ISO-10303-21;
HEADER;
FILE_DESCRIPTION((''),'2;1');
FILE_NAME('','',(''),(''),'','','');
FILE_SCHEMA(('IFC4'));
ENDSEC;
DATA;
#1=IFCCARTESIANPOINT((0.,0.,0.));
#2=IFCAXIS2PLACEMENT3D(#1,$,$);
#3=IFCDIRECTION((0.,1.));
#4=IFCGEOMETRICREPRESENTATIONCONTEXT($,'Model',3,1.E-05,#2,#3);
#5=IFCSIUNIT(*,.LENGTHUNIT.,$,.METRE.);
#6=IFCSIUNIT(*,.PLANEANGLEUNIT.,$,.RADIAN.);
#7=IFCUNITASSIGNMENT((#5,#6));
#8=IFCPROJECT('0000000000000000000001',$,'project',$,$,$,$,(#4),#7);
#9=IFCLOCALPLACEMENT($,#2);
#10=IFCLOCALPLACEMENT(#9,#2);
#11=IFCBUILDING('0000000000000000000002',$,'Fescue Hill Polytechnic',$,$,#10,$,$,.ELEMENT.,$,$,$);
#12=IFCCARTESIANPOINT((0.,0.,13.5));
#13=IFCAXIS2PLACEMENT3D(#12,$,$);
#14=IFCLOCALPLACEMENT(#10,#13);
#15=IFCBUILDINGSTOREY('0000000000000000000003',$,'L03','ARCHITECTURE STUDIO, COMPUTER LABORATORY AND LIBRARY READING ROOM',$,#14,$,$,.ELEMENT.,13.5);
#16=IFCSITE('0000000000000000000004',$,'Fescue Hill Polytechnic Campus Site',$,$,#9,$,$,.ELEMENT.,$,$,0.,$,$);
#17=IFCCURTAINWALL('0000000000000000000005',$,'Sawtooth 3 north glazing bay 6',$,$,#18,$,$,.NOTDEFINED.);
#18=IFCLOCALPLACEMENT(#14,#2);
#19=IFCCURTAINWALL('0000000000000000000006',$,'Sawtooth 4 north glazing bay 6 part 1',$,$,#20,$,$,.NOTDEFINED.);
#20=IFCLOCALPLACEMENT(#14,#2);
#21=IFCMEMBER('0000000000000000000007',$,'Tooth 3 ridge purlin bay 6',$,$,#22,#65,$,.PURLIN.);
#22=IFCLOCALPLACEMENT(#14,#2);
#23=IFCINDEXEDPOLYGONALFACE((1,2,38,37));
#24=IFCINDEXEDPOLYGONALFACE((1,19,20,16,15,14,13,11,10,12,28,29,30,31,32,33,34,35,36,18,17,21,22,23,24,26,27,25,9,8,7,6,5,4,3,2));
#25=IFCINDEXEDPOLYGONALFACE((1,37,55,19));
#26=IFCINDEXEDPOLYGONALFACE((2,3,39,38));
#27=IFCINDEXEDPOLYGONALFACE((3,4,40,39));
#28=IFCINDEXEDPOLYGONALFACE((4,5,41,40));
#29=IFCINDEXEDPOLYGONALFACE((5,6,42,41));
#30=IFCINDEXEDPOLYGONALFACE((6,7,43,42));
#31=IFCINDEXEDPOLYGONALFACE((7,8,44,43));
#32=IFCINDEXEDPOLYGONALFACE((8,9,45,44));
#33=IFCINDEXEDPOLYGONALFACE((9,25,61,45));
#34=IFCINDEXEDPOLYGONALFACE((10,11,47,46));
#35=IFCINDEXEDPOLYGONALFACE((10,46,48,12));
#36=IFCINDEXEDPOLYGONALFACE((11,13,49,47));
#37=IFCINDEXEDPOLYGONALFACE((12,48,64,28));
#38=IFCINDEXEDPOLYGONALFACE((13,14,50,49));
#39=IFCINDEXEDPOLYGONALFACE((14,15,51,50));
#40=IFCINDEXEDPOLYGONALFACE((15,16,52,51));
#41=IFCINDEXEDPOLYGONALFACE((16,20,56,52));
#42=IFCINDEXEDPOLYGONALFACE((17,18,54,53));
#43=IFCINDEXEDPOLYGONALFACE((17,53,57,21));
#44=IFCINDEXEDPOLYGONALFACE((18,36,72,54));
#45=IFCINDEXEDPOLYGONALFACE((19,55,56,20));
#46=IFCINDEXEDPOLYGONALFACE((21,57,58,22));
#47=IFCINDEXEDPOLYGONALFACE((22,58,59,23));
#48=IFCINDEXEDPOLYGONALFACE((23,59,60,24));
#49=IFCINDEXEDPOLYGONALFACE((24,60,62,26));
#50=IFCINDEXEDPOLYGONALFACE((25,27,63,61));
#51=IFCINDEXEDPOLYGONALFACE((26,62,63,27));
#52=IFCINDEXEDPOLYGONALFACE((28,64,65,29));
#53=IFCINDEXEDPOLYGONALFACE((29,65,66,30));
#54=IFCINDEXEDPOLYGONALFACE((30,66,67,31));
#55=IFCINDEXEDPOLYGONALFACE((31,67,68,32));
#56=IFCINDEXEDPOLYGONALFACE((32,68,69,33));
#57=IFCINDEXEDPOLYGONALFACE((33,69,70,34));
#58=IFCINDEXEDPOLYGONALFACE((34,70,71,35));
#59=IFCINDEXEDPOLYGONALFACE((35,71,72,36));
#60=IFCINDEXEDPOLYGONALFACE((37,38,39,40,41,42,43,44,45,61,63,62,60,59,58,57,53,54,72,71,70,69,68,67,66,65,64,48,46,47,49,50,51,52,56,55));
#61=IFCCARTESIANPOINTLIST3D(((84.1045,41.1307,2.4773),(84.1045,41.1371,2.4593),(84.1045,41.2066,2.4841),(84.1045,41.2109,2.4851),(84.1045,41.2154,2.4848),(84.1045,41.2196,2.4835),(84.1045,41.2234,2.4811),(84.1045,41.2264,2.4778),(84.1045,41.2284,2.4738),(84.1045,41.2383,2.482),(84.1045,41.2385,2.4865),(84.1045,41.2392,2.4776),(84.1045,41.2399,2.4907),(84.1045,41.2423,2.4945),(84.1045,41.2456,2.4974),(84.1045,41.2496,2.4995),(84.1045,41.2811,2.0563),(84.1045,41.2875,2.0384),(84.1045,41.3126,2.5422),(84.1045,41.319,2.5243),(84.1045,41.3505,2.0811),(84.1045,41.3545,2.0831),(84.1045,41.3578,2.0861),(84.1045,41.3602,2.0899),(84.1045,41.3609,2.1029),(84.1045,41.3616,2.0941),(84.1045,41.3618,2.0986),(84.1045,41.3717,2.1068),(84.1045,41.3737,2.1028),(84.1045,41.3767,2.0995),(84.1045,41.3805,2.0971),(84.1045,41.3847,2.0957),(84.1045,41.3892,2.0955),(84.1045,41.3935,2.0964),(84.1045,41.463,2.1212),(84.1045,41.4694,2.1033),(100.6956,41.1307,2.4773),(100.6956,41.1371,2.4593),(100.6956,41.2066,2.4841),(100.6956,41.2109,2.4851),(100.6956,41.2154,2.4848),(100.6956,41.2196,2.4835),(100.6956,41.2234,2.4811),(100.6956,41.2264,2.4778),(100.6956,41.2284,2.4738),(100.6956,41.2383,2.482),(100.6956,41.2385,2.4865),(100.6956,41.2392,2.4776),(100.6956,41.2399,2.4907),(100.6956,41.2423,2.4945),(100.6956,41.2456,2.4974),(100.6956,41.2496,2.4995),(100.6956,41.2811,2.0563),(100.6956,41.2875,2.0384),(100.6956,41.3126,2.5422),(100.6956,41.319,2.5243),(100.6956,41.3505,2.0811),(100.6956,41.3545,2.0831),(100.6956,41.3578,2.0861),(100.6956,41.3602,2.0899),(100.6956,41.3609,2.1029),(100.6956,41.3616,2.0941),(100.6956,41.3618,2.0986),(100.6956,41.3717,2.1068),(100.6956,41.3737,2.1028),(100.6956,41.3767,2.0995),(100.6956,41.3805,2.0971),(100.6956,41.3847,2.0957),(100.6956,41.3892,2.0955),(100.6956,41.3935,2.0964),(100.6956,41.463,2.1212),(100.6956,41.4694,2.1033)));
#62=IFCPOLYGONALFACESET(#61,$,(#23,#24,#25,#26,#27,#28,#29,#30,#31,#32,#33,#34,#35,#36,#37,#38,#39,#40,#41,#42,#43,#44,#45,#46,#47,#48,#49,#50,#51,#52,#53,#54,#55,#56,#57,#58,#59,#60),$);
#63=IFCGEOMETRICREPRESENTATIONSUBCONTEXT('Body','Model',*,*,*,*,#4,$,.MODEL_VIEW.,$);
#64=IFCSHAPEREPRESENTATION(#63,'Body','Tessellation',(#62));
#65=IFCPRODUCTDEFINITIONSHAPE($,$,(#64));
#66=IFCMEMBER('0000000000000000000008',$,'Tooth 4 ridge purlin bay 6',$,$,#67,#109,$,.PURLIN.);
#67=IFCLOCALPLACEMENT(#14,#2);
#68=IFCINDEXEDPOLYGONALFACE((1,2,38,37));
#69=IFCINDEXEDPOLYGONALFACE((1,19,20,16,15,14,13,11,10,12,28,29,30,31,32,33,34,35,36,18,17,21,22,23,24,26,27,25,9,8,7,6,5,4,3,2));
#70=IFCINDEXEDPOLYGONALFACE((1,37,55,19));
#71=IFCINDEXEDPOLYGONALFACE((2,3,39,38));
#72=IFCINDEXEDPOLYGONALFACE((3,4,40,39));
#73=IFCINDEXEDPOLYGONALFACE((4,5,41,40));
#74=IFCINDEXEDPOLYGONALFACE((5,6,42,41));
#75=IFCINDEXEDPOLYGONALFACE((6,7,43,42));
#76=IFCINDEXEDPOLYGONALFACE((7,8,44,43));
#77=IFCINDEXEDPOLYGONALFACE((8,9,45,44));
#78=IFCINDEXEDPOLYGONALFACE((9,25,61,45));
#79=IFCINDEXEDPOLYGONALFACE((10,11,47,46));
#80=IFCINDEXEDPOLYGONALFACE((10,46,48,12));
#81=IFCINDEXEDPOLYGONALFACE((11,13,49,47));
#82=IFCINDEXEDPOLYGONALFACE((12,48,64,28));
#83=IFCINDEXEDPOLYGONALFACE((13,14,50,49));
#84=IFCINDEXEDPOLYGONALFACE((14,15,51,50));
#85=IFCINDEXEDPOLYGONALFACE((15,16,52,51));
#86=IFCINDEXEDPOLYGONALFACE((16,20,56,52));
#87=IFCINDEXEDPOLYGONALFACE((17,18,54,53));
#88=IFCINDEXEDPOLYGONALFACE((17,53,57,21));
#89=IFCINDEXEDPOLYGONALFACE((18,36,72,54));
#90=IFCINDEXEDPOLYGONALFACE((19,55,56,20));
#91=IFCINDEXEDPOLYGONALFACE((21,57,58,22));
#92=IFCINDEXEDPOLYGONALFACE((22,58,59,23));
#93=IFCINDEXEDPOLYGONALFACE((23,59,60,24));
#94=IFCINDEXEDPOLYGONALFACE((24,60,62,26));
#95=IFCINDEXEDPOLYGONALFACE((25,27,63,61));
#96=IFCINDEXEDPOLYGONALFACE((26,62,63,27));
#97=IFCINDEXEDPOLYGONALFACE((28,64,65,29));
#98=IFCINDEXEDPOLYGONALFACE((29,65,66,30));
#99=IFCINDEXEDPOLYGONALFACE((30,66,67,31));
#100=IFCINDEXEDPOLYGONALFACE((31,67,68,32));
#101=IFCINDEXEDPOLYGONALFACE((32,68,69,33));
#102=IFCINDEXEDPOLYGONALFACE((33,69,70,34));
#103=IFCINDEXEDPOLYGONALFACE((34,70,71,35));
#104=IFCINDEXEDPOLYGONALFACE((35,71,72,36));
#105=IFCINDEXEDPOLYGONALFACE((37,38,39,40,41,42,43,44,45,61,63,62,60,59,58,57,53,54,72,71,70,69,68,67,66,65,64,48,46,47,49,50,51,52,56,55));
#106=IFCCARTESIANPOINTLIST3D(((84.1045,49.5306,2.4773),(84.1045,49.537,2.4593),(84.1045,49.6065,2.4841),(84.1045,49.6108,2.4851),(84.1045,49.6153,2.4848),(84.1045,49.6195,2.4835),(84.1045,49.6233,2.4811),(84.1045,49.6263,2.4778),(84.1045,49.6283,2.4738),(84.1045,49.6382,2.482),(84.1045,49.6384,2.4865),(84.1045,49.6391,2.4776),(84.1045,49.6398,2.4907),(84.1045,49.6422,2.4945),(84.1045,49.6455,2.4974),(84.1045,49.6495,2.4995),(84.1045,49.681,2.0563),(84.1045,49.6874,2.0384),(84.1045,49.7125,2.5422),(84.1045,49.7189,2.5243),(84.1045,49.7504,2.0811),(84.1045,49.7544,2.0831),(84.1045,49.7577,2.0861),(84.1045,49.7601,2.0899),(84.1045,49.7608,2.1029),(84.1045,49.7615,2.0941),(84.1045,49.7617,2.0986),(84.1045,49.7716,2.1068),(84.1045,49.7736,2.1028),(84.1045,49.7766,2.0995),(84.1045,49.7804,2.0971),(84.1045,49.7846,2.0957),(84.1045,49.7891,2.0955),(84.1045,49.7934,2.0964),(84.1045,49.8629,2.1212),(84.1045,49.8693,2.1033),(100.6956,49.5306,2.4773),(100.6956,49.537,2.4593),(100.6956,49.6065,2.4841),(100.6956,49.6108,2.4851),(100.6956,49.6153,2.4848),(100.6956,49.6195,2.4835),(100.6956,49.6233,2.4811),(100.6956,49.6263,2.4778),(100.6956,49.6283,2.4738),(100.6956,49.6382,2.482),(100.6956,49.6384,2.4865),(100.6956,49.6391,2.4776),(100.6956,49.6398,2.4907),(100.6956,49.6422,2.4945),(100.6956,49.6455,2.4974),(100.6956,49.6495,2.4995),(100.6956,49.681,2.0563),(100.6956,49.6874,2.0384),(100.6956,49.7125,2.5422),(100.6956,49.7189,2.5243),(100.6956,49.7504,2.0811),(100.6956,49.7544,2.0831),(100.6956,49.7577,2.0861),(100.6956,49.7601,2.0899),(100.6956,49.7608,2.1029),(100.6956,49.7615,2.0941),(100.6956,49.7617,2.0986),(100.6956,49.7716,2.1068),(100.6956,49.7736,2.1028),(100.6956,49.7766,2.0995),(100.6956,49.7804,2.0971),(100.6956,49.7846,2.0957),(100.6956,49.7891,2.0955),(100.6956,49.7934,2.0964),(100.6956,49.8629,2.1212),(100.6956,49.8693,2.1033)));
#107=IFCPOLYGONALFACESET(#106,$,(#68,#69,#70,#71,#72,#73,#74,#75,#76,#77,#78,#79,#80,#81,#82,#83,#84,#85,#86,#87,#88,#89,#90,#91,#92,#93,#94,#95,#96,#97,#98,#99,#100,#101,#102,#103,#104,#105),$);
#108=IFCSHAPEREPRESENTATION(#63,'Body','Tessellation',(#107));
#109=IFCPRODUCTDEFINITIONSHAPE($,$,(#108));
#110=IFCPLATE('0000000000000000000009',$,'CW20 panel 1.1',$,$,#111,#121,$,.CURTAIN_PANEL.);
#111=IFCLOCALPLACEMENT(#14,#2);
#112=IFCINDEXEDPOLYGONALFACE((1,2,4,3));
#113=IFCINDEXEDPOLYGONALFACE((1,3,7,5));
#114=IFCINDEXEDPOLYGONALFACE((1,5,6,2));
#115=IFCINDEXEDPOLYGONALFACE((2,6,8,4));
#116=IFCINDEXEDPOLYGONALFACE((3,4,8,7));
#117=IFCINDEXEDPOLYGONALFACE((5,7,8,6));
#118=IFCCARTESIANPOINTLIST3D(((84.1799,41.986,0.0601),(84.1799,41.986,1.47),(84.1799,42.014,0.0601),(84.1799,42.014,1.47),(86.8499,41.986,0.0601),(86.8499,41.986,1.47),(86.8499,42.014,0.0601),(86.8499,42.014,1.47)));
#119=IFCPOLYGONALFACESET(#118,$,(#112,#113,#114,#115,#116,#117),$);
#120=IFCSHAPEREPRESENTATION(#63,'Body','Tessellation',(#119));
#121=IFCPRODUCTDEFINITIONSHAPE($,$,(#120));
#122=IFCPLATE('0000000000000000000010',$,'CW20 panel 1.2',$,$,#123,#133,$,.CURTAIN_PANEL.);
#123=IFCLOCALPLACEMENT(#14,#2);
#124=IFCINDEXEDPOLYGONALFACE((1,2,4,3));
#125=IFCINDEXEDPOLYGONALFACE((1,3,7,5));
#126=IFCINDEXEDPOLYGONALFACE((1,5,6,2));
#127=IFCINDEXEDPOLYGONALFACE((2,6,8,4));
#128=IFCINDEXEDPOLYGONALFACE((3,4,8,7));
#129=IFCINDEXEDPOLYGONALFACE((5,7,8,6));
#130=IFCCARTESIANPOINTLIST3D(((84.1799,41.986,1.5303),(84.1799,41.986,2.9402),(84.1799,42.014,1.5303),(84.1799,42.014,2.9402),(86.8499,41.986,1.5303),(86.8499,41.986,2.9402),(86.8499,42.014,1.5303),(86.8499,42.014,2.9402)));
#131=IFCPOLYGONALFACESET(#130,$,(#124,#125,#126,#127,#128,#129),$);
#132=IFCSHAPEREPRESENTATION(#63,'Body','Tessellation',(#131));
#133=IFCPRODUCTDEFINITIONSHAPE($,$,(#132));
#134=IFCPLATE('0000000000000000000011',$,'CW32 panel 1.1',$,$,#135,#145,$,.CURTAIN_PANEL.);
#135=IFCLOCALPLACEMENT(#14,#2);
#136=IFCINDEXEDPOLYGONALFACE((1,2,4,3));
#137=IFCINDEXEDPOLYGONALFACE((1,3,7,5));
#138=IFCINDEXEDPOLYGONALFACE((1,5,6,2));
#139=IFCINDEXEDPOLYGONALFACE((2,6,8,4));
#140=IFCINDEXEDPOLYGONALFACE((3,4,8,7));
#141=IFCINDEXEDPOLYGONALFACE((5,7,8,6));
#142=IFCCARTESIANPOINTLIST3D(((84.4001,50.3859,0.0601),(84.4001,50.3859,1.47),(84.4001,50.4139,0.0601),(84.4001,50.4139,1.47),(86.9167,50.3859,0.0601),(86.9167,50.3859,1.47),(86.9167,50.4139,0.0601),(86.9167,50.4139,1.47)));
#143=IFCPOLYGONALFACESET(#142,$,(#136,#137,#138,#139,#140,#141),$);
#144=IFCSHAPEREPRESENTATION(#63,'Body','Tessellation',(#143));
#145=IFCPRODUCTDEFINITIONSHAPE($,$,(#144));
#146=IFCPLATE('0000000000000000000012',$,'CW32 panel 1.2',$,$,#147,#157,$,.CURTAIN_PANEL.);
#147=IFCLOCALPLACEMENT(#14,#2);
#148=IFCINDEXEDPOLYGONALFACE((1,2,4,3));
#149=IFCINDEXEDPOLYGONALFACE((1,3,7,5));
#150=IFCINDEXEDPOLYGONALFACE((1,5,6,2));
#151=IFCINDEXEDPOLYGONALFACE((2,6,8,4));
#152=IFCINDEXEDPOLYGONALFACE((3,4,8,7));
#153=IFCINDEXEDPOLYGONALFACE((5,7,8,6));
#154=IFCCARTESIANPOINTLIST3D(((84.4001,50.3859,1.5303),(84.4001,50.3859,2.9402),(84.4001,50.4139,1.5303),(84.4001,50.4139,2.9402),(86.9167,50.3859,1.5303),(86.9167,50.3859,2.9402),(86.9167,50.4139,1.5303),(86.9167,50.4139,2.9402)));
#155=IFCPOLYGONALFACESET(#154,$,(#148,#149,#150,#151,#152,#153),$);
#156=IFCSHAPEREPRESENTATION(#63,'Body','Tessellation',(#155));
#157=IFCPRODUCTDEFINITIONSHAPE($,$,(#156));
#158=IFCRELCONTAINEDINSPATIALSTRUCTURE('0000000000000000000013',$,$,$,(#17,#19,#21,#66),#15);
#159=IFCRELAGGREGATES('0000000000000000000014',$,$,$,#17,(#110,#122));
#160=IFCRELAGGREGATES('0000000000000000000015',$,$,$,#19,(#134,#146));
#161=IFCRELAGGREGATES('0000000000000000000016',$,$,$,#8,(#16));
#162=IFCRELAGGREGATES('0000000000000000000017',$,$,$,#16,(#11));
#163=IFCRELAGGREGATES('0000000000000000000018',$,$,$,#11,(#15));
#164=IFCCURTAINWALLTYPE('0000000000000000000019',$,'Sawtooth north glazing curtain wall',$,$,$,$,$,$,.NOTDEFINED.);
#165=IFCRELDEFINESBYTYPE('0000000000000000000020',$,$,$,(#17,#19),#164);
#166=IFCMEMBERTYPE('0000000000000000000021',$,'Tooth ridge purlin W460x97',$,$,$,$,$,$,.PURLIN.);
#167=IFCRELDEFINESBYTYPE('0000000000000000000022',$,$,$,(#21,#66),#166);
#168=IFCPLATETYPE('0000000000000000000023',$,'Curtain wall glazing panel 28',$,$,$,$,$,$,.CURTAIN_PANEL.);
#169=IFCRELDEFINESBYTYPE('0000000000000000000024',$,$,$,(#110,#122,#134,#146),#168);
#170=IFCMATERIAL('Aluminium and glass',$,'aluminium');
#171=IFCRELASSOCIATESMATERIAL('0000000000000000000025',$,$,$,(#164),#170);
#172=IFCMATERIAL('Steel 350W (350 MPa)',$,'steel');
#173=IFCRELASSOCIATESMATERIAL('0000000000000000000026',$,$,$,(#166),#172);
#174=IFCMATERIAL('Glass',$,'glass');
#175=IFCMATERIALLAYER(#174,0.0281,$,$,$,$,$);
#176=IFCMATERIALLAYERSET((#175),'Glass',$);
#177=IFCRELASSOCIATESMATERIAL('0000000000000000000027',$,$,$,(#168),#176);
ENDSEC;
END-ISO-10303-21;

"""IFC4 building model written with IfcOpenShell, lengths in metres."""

from ifc_helpers import new_model, si_unit, direction, frame, origin, origin_2d, place, context, subcontext, project, spatial, rectangle, i_section, extrude, material, layer, layer_set, material_profile, profile_set, type_object, element, aggregate, save


model = new_model("IFC4")

# Units and contexts
model_context = context("Model", 3, precision=1e-05, world=origin(), true_north=direction((0.0, 1.0)))
body_context = subcontext(model_context, "Body", "Model", "MODEL_VIEW")
ifc_project = project(units=[si_unit("LENGTHUNIT", "METRE"), si_unit("PLANEANGLEUNIT", "RADIAN")], contexts=[model_context])

# Site, building, storey
site_placement = place(None, origin())
site = spatial("IfcSite", under=ifc_project, at=site_placement, Name="Fescue Hill Polytechnic Campus Site", CompositionType="ELEMENT", RefElevation=0.0)
building_placement = place(site_placement, origin())
building = spatial("IfcBuilding", under=site, at=building_placement, Name="Fescue Hill Polytechnic", CompositionType="ELEMENT")
storey_placement = place(building_placement, frame((0.0, 0.0, 13.5)))
storey = spatial("IfcBuildingStorey", under=building, at=storey_placement, Name="L03", Description="ARCHITECTURE STUDIO, COMPUTER LABORATORY AND LIBRARY READING ROOM", CompositionType="ELEMENT", Elevation=13.5)

# Curtain wall
ifc_material_1 = material(Name="Aluminium and glass", Category="aluminium")
curtain_wall_type = type_object("IfcCurtainWallType", Name="Sawtooth north glazing curtain wall", PredefinedType="NOTDEFINED", material=ifc_material_1)
curtain_wall_1_placement = place(storey_placement, origin())
curtain_wall_1 = element("IfcCurtainWall", 1, at=curtain_wall_1_placement, inside=storey, type_object=curtain_wall_type, Name="Sawtooth 3 north glazing bay 6", PredefinedType="NOTDEFINED")

# Curtain wall
curtain_wall_2_placement = place(storey_placement, origin())
curtain_wall_2 = element("IfcCurtainWall", 2, at=curtain_wall_2_placement, inside=storey, type_object=curtain_wall_type, Name="Sawtooth 4 north glazing bay 6 part 1", PredefinedType="NOTDEFINED")

# Members
ifc_material_2 = material(Name="Steel 350W (350 MPa)", Category="steel")
ifc_material_profile_1 = material_profile(ifc_material_2, i_section(OverallWidth=0.1931, OverallDepth=0.4661, WebThickness=0.0115, FlangeThickness=0.019, FilletRadius=0.0171, at=origin_2d()), Name="W460x97")
ifc_profile_set_1 = profile_set([ifc_material_profile_1], Name="Steel 350W (350 MPa)")
member_type_1 = type_object("IfcMemberType", Name="Tooth ridge purlin W460x97", PredefinedType="PURLIN", material=ifc_profile_set_1)
for number, where, z_axis, x_axis, name in (
    (3, (84.1045, 41.3, 2.2903), (1.0, 0.0, 0.0), (0.0, 0.941742, 0.336336), "Tooth 3 ridge purlin bay 6"),
    (4, (84.1045, 49.7, 2.2903), (1.0, 0.0, 0.0), (0.0, 0.941742, 0.336336), "Tooth 4 ridge purlin bay 6"),
):
    element("IfcMember", number, at=place(storey_placement, frame(where, z_axis=z_axis, x_axis=x_axis)), inside=storey, type_object=member_type_1, Name=name, PredefinedType="PURLIN", context=body_context, shape_type="SweptSolid", body=[
        extrude(i_section(OverallWidth=0.1931, OverallDepth=0.4661, WebThickness=0.0115, FlangeThickness=0.019, FilletRadius=0.0171, at=origin_2d()), origin(), (0.0, 0.0, 1.0), 16.5911),
    ])

# Plates
ifc_material_3 = material(Name="Glass", Category="glass")
ifc_layer = layer(ifc_material_3, 0.0281)
ifc_layer_set = layer_set([ifc_layer], Name="Glass")
plate_type = type_object("IfcPlateType", Name="Curtain wall glazing panel 28", PredefinedType="CURTAIN_PANEL", material=ifc_layer_set)
plate_1_placement = place(storey_placement, frame((85.5149, 42.0, 0.0601), z_axis=(0.0, 0.0, 1.0), x_axis=(1.0, 0.0, 0.0)))
plate_1 = element("IfcPlate", 5, at=plate_1_placement, type_object=plate_type, Name="CW20 panel 1.1", PredefinedType="CURTAIN_PANEL", context=body_context, shape_type="SweptSolid", body=[
    extrude(rectangle(XDim=2.6699, YDim=0.0281, at=origin_2d()), origin(), (0.0, 0.0, 1.0), 1.4099),
])
plate_2_placement = place(storey_placement, frame((85.5149, 42.0, 1.5303), z_axis=(0.0, 0.0, 1.0), x_axis=(1.0, 0.0, 0.0)))
plate_2 = element("IfcPlate", 6, at=plate_2_placement, type_object=plate_type, Name="CW20 panel 1.2", PredefinedType="CURTAIN_PANEL", context=body_context, shape_type="SweptSolid", body=[
    extrude(rectangle(XDim=2.6699, YDim=0.0281, at=origin_2d()), origin(), (0.0, 0.0, 1.0), 1.4099),
])
aggregate(curtain_wall_1, [plate_1, plate_2])
plate_3_placement = place(storey_placement, frame((85.6584, 50.3999, 0.0601), z_axis=(0.0, 0.0, 1.0), x_axis=(1.0, 0.0, 0.0)))
plate_3 = element("IfcPlate", 7, at=plate_3_placement, type_object=plate_type, Name="CW32 panel 1.1", PredefinedType="CURTAIN_PANEL", context=body_context, shape_type="SweptSolid", body=[
    extrude(rectangle(XDim=2.5166, YDim=0.0281, at=origin_2d()), origin(), (0.0, 0.0, 1.0), 1.4099),
])
plate_4_placement = place(storey_placement, frame((85.6584, 50.3999, 1.5303), z_axis=(0.0, 0.0, 1.0), x_axis=(1.0, 0.0, 0.0)))
plate_4 = element("IfcPlate", 8, at=plate_4_placement, type_object=plate_type, Name="CW32 panel 1.2", PredefinedType="CURTAIN_PANEL", context=body_context, shape_type="SweptSolid", body=[
    extrude(rectangle(XDim=2.5166, YDim=0.0281, at=origin_2d()), origin(), (0.0, 0.0, 1.0), 1.4099),
])
aggregate(curtain_wall_2, [plate_3, plate_4])

save(model, "model.ifc")
